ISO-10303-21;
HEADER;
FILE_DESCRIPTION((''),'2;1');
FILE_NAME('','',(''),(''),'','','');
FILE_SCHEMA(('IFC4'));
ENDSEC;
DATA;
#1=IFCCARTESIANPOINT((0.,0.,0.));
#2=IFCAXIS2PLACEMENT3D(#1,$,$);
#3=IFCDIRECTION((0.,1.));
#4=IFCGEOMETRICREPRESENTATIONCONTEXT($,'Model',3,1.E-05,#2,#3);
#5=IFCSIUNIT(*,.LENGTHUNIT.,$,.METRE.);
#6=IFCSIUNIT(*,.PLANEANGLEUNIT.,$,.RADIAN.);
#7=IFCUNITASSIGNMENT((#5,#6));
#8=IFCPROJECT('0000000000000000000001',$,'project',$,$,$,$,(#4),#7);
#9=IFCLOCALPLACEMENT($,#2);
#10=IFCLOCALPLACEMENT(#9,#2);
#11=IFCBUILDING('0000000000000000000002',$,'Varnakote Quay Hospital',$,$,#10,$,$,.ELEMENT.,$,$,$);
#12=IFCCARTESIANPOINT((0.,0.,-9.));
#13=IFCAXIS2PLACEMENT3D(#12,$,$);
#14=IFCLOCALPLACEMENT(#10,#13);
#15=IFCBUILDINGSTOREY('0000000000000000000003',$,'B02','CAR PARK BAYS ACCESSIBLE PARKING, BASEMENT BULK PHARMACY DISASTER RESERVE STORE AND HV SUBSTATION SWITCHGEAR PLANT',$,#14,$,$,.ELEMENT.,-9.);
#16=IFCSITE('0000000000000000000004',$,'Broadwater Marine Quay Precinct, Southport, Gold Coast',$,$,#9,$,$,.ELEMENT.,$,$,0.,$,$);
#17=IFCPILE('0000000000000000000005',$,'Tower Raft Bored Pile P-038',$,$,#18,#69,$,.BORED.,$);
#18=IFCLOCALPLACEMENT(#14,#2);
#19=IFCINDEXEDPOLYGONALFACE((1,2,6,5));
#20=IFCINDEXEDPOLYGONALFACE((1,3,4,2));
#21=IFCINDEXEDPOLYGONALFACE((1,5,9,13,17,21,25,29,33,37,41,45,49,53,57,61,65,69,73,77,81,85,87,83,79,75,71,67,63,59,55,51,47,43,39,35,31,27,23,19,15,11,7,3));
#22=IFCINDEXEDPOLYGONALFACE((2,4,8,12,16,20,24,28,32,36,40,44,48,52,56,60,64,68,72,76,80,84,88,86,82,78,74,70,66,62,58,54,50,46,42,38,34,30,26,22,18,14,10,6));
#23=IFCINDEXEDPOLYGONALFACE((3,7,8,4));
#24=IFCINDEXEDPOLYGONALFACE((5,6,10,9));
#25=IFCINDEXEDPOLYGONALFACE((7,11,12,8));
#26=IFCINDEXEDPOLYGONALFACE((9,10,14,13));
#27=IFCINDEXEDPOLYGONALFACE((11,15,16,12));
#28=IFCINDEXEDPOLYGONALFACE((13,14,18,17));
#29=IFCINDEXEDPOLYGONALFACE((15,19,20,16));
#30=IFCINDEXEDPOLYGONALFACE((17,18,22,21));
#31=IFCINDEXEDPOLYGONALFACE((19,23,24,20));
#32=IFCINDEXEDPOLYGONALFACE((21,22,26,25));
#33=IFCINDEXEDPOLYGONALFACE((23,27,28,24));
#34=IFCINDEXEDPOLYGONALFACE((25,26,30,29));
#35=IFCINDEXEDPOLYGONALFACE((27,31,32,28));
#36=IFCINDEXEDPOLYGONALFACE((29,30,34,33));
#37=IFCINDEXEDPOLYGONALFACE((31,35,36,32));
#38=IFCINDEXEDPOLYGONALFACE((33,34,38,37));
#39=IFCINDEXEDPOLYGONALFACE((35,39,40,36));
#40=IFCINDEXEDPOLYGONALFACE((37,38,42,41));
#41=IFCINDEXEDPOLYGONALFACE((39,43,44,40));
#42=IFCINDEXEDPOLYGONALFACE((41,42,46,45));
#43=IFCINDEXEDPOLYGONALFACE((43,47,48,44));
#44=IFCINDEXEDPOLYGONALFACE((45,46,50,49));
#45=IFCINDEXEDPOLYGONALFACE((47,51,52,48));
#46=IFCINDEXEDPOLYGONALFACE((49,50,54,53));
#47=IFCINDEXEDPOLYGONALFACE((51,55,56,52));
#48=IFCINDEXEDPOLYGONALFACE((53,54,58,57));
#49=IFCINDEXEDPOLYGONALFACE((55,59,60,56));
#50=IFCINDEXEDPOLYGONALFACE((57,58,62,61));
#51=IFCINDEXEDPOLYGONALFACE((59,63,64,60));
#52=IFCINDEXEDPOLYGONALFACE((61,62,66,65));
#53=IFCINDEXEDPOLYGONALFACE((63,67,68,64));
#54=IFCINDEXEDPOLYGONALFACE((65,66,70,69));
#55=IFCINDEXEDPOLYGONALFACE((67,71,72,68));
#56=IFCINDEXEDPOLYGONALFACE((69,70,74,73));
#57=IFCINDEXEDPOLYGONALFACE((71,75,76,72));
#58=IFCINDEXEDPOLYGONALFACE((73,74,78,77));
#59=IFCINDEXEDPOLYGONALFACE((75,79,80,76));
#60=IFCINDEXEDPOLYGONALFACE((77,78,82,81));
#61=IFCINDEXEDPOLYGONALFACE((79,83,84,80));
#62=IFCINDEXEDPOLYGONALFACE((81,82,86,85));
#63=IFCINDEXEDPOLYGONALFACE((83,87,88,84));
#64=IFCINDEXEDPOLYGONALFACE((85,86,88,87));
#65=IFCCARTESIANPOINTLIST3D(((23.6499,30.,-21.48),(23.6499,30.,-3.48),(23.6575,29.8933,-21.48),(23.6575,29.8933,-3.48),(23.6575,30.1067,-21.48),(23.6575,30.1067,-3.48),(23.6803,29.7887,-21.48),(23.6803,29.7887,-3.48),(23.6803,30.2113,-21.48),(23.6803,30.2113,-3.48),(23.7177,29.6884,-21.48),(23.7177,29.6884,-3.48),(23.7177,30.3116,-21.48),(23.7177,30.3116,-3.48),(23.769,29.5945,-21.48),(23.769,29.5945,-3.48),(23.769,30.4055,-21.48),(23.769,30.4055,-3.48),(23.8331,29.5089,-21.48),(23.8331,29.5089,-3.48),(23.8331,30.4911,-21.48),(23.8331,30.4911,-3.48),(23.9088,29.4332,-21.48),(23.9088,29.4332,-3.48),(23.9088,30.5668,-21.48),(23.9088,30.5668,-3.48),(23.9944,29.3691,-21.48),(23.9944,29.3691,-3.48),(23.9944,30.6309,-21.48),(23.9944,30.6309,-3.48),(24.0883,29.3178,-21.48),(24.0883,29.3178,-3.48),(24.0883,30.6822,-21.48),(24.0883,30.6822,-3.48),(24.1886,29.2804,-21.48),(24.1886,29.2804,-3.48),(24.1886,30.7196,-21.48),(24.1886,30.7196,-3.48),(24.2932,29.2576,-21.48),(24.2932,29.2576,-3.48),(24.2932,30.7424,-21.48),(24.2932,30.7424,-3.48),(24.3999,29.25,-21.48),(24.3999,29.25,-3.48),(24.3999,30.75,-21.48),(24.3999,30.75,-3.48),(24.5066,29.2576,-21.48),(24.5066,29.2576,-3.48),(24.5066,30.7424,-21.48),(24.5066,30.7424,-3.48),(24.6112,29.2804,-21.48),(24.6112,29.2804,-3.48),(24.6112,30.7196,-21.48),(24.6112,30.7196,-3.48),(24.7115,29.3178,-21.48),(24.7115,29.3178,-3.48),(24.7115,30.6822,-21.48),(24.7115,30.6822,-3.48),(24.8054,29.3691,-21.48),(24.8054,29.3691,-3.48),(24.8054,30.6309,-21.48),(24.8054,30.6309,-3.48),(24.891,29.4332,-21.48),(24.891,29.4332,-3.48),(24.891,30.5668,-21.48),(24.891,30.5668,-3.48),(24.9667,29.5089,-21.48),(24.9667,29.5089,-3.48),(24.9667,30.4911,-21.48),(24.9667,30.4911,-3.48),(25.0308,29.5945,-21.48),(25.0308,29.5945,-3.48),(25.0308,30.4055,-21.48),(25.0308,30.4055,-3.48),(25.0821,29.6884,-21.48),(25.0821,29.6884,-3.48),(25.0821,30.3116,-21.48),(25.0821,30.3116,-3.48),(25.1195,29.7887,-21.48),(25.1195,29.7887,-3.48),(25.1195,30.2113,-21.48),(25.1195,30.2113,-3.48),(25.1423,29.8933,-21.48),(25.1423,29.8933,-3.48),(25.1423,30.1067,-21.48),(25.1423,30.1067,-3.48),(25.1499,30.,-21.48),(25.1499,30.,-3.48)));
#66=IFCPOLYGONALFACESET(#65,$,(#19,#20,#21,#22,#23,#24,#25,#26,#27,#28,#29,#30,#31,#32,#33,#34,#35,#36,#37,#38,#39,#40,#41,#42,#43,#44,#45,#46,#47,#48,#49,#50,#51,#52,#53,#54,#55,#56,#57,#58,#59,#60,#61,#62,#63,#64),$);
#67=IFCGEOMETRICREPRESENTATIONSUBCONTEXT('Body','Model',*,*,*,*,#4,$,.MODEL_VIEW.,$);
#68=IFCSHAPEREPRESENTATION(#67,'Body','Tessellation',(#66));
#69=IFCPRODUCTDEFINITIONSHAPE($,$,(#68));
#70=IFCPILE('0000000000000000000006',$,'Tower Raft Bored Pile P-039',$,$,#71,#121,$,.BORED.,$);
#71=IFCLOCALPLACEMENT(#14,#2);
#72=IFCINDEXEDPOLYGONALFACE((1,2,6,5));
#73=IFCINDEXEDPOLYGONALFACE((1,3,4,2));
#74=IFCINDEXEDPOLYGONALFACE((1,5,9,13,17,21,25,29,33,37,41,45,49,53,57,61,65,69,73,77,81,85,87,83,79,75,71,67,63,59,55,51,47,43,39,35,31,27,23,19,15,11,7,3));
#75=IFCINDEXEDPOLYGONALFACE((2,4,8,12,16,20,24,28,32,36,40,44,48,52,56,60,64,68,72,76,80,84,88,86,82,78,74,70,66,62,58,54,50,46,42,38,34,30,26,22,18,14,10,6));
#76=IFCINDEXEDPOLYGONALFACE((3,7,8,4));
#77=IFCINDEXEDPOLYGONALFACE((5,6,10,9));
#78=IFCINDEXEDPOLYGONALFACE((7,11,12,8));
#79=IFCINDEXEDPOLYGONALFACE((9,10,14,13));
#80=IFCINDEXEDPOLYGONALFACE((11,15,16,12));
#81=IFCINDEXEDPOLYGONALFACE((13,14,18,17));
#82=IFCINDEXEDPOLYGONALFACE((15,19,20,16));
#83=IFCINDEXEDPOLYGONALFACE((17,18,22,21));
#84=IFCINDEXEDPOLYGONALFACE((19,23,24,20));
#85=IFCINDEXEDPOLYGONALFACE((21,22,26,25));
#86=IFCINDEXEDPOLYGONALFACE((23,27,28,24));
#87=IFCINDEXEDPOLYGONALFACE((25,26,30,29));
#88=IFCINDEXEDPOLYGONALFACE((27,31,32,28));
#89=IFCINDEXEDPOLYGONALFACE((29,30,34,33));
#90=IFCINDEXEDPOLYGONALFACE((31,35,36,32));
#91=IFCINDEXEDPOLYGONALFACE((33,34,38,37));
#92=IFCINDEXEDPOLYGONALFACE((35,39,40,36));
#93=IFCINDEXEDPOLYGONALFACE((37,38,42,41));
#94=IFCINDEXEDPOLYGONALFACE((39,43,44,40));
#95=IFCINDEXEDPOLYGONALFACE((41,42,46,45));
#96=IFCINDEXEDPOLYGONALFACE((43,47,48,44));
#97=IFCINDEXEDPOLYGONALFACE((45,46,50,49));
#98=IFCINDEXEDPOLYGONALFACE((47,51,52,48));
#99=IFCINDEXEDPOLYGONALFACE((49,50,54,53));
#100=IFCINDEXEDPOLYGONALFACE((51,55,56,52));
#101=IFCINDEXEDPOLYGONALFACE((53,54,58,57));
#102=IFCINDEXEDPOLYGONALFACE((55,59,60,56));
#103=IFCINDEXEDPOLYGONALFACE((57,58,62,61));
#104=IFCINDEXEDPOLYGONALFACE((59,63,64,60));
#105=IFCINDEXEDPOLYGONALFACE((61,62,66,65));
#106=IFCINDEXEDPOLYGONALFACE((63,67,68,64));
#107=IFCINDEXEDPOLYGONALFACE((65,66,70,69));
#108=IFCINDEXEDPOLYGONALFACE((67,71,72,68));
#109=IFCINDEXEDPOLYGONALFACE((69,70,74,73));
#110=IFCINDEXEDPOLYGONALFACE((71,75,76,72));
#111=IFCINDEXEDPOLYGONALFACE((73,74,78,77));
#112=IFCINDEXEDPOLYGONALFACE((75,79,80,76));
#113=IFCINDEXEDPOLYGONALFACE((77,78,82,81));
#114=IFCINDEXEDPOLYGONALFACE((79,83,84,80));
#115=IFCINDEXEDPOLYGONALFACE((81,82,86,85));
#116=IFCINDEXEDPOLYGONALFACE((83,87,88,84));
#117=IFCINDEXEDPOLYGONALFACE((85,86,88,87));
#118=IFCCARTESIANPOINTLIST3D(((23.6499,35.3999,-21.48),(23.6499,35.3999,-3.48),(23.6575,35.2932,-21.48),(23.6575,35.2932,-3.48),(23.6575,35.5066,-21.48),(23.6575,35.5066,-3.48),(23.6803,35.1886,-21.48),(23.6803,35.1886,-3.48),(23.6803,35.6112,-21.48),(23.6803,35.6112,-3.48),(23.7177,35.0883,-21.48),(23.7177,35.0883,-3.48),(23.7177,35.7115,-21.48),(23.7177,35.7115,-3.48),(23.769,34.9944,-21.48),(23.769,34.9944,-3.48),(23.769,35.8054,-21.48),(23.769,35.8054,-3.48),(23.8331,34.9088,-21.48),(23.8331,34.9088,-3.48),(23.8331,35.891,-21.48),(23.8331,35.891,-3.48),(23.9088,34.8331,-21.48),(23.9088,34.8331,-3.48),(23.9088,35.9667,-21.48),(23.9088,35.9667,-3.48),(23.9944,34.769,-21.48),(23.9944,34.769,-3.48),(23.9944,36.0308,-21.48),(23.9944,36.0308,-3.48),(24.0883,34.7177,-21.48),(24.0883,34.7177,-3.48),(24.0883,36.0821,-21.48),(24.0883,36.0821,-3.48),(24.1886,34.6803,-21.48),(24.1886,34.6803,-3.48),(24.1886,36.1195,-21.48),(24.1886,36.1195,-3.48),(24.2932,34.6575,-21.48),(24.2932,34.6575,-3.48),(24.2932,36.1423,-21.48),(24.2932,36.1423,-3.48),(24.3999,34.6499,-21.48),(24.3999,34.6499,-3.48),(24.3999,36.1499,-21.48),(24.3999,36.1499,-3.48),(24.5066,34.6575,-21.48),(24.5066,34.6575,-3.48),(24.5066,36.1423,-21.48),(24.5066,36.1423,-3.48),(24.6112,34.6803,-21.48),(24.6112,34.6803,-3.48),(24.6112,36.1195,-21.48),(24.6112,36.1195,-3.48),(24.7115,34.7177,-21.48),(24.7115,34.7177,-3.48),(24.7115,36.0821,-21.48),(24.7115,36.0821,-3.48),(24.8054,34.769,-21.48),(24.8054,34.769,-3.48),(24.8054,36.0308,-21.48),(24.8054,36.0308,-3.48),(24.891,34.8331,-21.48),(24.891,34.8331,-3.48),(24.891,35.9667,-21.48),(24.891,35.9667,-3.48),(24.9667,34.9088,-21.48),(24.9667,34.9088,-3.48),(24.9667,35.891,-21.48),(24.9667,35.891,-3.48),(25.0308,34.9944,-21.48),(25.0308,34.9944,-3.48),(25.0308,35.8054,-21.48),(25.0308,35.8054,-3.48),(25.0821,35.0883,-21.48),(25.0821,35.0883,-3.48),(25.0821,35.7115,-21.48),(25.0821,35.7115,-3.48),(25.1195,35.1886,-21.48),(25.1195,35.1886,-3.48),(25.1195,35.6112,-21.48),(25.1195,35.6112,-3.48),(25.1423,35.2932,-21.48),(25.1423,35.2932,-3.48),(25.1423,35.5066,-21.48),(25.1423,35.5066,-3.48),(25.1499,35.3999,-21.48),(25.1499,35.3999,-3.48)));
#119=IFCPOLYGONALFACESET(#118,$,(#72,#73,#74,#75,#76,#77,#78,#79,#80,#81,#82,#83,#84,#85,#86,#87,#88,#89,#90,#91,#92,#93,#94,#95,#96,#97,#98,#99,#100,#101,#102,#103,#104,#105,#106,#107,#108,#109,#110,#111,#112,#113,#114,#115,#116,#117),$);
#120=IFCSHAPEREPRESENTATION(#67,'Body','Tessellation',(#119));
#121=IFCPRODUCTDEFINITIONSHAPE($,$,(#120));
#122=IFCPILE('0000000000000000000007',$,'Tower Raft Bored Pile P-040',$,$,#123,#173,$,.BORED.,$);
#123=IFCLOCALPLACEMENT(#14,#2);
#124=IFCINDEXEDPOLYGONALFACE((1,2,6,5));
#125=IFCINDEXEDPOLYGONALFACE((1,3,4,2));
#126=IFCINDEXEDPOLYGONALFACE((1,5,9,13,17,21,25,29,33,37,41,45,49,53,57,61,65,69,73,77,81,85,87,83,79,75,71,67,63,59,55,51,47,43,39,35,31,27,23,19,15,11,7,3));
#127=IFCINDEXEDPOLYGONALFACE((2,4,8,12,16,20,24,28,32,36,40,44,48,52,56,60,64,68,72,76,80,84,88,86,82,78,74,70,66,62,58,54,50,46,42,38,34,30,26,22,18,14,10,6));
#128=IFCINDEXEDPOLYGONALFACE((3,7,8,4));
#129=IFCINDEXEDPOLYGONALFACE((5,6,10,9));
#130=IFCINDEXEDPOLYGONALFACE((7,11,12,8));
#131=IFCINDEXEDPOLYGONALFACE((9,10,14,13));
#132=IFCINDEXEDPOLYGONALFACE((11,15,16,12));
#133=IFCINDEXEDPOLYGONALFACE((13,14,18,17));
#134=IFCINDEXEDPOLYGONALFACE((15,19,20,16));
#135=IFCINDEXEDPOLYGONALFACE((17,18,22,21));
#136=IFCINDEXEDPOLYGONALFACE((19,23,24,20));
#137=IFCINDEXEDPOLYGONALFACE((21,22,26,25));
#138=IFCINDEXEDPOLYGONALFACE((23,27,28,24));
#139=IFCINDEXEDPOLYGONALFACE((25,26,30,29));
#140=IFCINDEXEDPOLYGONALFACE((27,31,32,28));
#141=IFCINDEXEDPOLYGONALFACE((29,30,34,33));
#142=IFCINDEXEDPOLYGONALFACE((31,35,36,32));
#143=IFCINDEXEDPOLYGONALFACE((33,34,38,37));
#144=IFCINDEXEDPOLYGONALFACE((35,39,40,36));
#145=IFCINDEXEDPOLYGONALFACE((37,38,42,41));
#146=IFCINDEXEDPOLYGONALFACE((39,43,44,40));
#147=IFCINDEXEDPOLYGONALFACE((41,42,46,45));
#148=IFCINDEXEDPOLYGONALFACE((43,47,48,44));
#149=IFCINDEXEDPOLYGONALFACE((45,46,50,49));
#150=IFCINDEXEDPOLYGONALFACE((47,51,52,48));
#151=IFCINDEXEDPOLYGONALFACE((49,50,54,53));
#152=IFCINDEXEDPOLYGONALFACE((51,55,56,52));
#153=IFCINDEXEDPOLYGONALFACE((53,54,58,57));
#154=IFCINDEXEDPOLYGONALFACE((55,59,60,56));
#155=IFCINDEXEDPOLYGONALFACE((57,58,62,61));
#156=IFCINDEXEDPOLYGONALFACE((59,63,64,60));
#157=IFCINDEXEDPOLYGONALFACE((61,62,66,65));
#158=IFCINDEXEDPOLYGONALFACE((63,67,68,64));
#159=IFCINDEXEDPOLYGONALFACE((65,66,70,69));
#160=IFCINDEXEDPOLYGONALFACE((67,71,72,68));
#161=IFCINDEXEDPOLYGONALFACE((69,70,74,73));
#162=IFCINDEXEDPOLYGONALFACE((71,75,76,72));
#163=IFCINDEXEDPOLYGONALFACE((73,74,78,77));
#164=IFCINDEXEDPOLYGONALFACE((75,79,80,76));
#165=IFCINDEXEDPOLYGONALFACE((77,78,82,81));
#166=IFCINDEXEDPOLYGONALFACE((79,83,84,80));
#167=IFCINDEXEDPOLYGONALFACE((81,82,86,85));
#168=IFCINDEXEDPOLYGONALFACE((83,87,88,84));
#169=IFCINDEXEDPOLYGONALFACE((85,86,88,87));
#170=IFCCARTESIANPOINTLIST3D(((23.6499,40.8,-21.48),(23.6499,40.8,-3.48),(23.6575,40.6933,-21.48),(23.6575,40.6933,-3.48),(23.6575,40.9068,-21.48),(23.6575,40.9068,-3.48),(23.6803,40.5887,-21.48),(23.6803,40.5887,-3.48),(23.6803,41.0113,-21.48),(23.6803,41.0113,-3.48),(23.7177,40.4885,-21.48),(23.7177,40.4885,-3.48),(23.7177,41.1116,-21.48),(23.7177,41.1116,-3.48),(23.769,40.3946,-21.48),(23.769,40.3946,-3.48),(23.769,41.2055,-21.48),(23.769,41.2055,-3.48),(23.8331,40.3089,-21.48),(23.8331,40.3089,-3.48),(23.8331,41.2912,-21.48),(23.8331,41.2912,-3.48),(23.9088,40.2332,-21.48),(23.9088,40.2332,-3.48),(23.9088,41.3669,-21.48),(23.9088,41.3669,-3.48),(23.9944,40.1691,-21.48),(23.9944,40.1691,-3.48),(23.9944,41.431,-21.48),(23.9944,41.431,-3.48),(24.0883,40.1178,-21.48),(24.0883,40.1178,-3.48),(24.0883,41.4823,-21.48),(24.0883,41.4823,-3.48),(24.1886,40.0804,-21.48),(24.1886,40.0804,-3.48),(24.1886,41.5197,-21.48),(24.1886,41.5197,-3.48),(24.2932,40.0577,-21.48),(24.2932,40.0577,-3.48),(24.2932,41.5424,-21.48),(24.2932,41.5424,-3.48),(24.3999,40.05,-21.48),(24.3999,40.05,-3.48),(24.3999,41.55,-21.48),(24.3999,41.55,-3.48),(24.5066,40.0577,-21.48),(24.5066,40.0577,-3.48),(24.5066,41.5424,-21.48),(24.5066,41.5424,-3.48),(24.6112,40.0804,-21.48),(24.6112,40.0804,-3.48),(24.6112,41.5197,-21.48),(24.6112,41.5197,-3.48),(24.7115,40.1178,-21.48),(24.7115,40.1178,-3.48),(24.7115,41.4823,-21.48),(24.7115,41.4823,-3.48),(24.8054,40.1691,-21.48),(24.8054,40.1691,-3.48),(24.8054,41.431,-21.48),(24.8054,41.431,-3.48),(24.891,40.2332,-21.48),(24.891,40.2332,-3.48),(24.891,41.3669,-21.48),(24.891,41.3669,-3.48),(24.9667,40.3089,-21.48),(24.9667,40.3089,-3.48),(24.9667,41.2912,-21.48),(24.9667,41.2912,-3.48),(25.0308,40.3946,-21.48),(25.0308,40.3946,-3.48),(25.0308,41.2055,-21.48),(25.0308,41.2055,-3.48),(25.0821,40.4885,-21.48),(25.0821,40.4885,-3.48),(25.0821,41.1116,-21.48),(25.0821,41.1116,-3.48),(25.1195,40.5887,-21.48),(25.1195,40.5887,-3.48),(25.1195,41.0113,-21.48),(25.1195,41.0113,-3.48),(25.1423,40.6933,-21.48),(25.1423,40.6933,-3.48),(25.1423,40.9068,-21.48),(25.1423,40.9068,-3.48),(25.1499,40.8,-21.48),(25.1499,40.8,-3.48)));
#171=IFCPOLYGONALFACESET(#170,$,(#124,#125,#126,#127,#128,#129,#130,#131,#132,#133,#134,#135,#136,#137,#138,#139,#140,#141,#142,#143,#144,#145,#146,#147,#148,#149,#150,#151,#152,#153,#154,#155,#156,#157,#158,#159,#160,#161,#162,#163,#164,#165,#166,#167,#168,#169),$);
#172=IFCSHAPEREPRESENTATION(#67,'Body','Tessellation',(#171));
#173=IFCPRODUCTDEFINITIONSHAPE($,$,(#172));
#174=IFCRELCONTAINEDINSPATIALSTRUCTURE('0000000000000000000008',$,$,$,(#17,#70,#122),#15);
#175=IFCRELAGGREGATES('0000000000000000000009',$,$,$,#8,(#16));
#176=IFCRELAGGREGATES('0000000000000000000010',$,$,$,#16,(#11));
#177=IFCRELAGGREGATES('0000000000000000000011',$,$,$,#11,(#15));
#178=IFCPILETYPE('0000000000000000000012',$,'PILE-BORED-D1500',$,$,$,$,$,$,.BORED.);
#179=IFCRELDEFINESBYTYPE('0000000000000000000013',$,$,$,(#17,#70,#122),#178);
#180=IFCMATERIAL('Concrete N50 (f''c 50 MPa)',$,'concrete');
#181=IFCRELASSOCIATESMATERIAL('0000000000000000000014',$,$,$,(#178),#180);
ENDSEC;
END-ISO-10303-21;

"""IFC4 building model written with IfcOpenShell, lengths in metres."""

from ifc_helpers import new_model, si_unit, direction, frame, origin, origin_2d, place, context, subcontext, project, spatial, circle, extrude, material, material_profile, profile_set, type_object, element, save


model = new_model("IFC4")

# Units and contexts
model_context = context("Model", 3, precision=1e-05, world=origin(), true_north=direction((0.0, 1.0)))
body_context = subcontext(model_context, "Body", "Model", "MODEL_VIEW")
ifc_project = project(units=[si_unit("LENGTHUNIT", "METRE"), si_unit("PLANEANGLEUNIT", "RADIAN")], contexts=[model_context])

# Site, building, storey
site_placement = place(None, origin())
site = spatial("IfcSite", under=ifc_project, at=site_placement, Name="Broadwater Marine Quay Precinct, Southport, Gold Coast", CompositionType="ELEMENT", RefElevation=0.0)
building_placement = place(site_placement, origin())
building = spatial("IfcBuilding", under=site, at=building_placement, Name="Varnakote Quay Hospital", CompositionType="ELEMENT")
storey_placement = place(building_placement, frame((0.0, 0.0, -9.0)))
storey = spatial("IfcBuildingStorey", under=building, at=storey_placement, Name="B02", Description="CAR PARK BAYS ACCESSIBLE PARKING, BASEMENT BULK PHARMACY DISASTER RESERVE STORE AND HV SUBSTATION SWITCHGEAR PLANT", CompositionType="ELEMENT", Elevation=-9.0)

# Piles
ifc_material_1 = material(Name="Concrete N50 (f'c 50 MPa)", Category="concrete")
ifc_material_profile_1 = material_profile(ifc_material_1, circle(Radius=0.75, at=origin_2d()), Name="PILE-D1500")
ifc_profile_set_1 = profile_set([ifc_material_profile_1], Name="Concrete N50 (f'c 50 MPa)")
pile_type = type_object("IfcPileType", Name="PILE-BORED-D1500", PredefinedType="BORED", material=ifc_profile_set_1)
for number, where, z_axis, x_axis, name in (
    (1, (24.3999, 30.0, -3.48), (0.0, 0.0, -1.0), (1.0, 0.0, 0.0), "Tower Raft Bored Pile P-038"),
    (2, (24.3999, 35.3999, -3.48), (0.0, 0.0, -1.0), (1.0, 0.0, 0.0), "Tower Raft Bored Pile P-039"),
    (3, (24.3999, 40.8, -3.48), (0.0, 0.0, -1.0), (1.0, 0.0, 0.0), "Tower Raft Bored Pile P-040"),
):
    element("IfcPile", number, at=place(storey_placement, frame(where, z_axis=z_axis, x_axis=x_axis)), inside=storey, type_object=pile_type, Name=name, PredefinedType="BORED", context=body_context, shape_type="SweptSolid", body=[
        extrude(circle(Radius=0.75, at=origin_2d()), origin(), (0.0, 0.0, 1.0), 18.0),
    ])

save(model, "model.ifc")
